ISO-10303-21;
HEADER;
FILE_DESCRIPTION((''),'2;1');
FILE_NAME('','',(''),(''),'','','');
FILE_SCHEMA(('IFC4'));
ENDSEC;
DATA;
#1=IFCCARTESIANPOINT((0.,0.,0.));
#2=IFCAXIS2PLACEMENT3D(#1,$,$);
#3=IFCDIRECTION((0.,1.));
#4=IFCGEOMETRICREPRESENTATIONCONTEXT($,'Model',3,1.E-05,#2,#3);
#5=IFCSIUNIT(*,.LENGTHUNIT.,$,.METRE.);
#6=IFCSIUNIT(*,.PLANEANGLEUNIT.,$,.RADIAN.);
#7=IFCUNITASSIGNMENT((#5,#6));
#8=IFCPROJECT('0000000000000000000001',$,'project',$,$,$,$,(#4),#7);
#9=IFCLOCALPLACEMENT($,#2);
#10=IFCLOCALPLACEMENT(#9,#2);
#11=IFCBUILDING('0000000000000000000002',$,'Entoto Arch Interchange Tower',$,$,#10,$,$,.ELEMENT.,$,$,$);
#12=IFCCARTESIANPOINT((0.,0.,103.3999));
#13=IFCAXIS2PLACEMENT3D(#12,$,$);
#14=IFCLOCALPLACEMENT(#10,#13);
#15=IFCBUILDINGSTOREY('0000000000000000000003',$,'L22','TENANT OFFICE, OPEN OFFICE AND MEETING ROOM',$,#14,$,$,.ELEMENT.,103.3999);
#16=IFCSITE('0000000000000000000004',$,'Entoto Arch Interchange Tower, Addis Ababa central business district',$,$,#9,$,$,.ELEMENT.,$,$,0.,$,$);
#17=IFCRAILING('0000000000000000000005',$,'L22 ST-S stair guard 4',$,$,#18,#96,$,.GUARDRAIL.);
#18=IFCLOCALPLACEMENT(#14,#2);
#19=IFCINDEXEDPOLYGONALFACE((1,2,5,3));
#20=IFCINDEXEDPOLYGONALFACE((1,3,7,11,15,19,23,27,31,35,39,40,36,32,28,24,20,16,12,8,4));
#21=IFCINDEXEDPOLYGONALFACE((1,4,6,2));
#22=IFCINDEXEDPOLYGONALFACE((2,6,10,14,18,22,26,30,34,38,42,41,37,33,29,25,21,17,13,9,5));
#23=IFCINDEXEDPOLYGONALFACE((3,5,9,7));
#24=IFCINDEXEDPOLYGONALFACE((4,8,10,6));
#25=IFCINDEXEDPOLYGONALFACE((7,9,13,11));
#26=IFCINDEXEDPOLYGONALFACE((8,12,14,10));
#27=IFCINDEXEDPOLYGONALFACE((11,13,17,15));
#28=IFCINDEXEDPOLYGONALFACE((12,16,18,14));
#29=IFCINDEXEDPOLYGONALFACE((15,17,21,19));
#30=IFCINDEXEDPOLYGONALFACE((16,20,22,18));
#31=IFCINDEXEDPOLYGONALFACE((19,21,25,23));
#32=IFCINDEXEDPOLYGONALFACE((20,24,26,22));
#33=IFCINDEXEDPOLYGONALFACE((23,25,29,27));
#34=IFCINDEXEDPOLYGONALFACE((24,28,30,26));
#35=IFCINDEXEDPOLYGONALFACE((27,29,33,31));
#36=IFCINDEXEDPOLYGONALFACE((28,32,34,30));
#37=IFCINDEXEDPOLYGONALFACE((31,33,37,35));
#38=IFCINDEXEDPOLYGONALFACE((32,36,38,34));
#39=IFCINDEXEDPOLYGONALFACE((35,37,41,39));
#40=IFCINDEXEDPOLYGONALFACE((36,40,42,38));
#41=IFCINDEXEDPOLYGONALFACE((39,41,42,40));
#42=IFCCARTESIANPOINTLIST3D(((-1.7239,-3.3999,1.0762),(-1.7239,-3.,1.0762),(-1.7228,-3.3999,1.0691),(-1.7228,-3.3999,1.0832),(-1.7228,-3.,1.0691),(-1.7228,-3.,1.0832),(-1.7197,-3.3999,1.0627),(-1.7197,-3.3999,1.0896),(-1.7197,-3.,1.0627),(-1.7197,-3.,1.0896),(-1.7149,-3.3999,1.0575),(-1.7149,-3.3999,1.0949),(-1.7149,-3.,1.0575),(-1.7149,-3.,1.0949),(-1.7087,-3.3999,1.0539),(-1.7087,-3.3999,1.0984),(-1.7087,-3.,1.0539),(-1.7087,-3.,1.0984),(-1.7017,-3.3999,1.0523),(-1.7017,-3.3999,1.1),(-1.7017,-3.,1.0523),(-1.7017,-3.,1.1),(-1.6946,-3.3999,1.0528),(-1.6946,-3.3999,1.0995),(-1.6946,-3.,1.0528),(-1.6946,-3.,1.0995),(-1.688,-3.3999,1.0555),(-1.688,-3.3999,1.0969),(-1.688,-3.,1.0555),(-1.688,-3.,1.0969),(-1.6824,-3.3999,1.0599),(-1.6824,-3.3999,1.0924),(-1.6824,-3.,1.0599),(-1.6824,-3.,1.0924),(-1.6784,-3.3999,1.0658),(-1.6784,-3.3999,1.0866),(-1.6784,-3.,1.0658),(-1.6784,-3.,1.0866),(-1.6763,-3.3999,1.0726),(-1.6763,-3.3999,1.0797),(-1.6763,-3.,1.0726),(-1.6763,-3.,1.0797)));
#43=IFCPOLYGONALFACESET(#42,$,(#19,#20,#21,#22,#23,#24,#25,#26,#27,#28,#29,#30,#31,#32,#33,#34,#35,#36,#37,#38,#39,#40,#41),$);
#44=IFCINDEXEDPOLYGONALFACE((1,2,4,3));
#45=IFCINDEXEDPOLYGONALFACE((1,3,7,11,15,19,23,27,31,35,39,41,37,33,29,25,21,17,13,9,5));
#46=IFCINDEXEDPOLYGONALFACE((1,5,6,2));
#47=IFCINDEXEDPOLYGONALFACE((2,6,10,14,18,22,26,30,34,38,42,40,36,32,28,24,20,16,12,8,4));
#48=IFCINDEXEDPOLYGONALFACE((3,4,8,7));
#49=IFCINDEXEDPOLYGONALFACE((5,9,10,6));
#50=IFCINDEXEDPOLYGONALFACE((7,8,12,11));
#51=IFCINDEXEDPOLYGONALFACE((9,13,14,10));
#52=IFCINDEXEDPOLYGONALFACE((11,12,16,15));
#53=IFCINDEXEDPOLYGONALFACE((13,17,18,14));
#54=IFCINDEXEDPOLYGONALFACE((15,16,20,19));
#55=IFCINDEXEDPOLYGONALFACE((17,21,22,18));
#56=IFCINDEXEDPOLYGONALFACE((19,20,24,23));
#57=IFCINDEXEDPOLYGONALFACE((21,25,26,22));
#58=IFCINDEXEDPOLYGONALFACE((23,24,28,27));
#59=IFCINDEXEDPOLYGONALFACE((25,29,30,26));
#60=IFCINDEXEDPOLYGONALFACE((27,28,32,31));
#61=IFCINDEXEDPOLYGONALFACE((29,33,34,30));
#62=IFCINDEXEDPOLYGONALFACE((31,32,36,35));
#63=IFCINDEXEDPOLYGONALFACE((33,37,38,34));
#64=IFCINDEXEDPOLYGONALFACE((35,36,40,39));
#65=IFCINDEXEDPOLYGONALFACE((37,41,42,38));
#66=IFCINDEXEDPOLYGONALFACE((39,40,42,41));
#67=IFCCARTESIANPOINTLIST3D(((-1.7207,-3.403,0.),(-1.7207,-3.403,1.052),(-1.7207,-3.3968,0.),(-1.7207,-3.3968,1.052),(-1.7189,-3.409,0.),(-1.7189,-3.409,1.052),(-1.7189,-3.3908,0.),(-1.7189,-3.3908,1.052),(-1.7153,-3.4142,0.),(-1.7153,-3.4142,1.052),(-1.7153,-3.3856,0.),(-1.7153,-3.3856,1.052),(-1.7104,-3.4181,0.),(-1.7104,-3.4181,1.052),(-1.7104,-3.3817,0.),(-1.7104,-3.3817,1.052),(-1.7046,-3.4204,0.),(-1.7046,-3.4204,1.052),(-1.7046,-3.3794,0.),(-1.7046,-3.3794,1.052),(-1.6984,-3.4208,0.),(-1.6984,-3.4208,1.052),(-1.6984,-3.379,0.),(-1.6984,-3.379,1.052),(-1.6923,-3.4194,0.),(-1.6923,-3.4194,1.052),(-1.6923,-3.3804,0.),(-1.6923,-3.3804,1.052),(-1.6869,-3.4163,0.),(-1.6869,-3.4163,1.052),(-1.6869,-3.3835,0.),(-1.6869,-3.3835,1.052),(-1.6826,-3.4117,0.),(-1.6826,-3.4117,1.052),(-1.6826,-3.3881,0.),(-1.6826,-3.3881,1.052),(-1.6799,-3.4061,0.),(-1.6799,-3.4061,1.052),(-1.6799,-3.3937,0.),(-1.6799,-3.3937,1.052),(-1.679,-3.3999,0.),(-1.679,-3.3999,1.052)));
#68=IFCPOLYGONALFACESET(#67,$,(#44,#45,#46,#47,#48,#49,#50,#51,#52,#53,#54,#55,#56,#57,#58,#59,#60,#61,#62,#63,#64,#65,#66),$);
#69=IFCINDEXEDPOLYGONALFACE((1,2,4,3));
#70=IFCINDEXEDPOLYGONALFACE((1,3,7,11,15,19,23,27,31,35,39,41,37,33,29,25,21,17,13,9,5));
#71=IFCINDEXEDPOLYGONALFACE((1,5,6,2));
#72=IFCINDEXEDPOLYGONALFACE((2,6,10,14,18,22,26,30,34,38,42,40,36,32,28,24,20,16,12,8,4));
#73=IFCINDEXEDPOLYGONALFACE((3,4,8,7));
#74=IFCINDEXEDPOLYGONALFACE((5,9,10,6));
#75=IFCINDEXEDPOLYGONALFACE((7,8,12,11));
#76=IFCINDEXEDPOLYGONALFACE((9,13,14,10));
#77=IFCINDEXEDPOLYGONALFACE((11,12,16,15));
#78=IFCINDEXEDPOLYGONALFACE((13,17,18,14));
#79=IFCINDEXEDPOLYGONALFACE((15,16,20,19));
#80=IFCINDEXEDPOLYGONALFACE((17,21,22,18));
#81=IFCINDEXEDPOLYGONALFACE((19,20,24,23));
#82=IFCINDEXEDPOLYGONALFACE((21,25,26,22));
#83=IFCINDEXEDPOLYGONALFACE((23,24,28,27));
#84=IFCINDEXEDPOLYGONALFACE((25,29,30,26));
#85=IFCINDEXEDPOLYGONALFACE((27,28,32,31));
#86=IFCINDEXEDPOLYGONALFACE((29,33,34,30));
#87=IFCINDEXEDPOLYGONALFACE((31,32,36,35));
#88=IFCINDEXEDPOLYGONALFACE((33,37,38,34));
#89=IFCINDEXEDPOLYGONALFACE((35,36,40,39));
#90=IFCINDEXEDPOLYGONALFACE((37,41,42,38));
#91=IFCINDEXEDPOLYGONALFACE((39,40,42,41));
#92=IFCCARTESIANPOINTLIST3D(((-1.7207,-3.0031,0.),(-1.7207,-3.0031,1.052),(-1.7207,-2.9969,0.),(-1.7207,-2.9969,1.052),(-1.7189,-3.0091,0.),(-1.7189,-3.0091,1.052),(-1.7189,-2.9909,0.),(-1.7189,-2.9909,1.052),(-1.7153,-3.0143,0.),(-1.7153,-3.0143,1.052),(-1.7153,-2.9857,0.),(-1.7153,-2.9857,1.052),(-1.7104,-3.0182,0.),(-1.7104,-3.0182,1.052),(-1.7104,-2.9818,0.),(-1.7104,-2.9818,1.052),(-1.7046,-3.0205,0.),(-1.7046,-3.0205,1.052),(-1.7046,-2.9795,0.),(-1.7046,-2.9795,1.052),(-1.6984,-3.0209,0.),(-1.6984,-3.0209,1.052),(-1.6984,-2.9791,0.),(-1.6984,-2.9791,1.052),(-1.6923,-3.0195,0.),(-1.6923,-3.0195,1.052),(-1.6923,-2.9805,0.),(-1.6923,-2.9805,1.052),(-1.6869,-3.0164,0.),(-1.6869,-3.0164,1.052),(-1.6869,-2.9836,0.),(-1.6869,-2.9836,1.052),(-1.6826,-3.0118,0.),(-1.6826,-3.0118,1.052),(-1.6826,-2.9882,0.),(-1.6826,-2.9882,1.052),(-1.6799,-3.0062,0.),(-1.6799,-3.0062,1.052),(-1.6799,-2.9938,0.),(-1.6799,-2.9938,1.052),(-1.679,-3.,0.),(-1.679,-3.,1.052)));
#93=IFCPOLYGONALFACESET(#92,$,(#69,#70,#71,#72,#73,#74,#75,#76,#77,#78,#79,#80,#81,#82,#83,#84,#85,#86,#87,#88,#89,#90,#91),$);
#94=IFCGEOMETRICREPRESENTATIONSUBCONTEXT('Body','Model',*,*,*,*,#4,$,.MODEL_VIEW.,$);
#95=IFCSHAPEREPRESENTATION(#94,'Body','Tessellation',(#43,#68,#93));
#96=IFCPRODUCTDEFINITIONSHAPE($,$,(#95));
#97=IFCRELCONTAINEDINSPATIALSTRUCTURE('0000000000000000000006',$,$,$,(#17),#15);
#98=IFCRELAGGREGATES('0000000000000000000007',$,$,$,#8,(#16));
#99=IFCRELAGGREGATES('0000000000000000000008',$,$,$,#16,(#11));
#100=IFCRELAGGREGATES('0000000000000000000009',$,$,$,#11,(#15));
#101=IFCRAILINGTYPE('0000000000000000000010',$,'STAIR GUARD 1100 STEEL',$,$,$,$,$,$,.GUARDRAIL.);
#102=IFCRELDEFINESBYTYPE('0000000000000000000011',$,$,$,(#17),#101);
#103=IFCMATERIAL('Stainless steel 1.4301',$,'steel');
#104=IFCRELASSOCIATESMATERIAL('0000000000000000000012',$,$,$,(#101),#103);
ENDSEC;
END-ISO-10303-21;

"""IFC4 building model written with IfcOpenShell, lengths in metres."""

from ifc_helpers import new_model, si_unit, direction, frame, origin, origin_2d, place, context, subcontext, project, spatial, circle, extrude, material, type_object, element, save


model = new_model("IFC4")

# Units and contexts
model_context = context("Model", 3, precision=1e-05, world=origin(), true_north=direction((0.0, 1.0)))
body_context = subcontext(model_context, "Body", "Model", "MODEL_VIEW")
ifc_project = project(units=[si_unit("LENGTHUNIT", "METRE"), si_unit("PLANEANGLEUNIT", "RADIAN")], contexts=[model_context])

# Site, building, storey
site_placement = place(None, origin())
site = spatial("IfcSite", under=ifc_project, at=site_placement, Name="Entoto Arch Interchange Tower, Addis Ababa central business district", CompositionType="ELEMENT", RefElevation=0.0)
building_placement = place(site_placement, origin())
building = spatial("IfcBuilding", under=site, at=building_placement, Name="Entoto Arch Interchange Tower", CompositionType="ELEMENT")
storey_placement = place(building_placement, frame((0.0, 0.0, 103.3999)))
storey = spatial("IfcBuildingStorey", under=building, at=storey_placement, Name="L22", Description="TENANT OFFICE, OPEN OFFICE AND MEETING ROOM", CompositionType="ELEMENT", Elevation=103.3999)

# Railing
ifc_material_1 = material(Name="Stainless steel 1.4301", Category="steel")
railing_type_1 = type_object("IfcRailingType", Name="STAIR GUARD 1100 STEEL", PredefinedType="GUARDRAIL", material=ifc_material_1)
railing_1_placement = place(storey_placement, frame((-1.7, -3.3999, 0.0)))
element("IfcRailing", 1, at=railing_1_placement, inside=storey, type_object=railing_type_1, Name="L22 ST-S stair guard 4", PredefinedType="GUARDRAIL", context=body_context, shape_type="SweptSolid", body=[
    extrude(circle(Radius=0.0239, at=origin_2d()), frame((0.0, 0.0, 1.0762), z_axis=(0.0, 1.0, 0.0), x_axis=(-1.0, 0.0, 0.0)), (0.0, 0.0, 1.0), 0.3999),
    extrude(circle(Radius=0.021, at=origin_2d()), origin(), (0.0, 0.0, 1.0), 1.052),
    extrude(circle(Radius=0.021, at=origin_2d()), frame((0.0, 0.3999, 0.0)), (0.0, 0.0, 1.0), 1.052),
])

save(model, "model.ifc")
